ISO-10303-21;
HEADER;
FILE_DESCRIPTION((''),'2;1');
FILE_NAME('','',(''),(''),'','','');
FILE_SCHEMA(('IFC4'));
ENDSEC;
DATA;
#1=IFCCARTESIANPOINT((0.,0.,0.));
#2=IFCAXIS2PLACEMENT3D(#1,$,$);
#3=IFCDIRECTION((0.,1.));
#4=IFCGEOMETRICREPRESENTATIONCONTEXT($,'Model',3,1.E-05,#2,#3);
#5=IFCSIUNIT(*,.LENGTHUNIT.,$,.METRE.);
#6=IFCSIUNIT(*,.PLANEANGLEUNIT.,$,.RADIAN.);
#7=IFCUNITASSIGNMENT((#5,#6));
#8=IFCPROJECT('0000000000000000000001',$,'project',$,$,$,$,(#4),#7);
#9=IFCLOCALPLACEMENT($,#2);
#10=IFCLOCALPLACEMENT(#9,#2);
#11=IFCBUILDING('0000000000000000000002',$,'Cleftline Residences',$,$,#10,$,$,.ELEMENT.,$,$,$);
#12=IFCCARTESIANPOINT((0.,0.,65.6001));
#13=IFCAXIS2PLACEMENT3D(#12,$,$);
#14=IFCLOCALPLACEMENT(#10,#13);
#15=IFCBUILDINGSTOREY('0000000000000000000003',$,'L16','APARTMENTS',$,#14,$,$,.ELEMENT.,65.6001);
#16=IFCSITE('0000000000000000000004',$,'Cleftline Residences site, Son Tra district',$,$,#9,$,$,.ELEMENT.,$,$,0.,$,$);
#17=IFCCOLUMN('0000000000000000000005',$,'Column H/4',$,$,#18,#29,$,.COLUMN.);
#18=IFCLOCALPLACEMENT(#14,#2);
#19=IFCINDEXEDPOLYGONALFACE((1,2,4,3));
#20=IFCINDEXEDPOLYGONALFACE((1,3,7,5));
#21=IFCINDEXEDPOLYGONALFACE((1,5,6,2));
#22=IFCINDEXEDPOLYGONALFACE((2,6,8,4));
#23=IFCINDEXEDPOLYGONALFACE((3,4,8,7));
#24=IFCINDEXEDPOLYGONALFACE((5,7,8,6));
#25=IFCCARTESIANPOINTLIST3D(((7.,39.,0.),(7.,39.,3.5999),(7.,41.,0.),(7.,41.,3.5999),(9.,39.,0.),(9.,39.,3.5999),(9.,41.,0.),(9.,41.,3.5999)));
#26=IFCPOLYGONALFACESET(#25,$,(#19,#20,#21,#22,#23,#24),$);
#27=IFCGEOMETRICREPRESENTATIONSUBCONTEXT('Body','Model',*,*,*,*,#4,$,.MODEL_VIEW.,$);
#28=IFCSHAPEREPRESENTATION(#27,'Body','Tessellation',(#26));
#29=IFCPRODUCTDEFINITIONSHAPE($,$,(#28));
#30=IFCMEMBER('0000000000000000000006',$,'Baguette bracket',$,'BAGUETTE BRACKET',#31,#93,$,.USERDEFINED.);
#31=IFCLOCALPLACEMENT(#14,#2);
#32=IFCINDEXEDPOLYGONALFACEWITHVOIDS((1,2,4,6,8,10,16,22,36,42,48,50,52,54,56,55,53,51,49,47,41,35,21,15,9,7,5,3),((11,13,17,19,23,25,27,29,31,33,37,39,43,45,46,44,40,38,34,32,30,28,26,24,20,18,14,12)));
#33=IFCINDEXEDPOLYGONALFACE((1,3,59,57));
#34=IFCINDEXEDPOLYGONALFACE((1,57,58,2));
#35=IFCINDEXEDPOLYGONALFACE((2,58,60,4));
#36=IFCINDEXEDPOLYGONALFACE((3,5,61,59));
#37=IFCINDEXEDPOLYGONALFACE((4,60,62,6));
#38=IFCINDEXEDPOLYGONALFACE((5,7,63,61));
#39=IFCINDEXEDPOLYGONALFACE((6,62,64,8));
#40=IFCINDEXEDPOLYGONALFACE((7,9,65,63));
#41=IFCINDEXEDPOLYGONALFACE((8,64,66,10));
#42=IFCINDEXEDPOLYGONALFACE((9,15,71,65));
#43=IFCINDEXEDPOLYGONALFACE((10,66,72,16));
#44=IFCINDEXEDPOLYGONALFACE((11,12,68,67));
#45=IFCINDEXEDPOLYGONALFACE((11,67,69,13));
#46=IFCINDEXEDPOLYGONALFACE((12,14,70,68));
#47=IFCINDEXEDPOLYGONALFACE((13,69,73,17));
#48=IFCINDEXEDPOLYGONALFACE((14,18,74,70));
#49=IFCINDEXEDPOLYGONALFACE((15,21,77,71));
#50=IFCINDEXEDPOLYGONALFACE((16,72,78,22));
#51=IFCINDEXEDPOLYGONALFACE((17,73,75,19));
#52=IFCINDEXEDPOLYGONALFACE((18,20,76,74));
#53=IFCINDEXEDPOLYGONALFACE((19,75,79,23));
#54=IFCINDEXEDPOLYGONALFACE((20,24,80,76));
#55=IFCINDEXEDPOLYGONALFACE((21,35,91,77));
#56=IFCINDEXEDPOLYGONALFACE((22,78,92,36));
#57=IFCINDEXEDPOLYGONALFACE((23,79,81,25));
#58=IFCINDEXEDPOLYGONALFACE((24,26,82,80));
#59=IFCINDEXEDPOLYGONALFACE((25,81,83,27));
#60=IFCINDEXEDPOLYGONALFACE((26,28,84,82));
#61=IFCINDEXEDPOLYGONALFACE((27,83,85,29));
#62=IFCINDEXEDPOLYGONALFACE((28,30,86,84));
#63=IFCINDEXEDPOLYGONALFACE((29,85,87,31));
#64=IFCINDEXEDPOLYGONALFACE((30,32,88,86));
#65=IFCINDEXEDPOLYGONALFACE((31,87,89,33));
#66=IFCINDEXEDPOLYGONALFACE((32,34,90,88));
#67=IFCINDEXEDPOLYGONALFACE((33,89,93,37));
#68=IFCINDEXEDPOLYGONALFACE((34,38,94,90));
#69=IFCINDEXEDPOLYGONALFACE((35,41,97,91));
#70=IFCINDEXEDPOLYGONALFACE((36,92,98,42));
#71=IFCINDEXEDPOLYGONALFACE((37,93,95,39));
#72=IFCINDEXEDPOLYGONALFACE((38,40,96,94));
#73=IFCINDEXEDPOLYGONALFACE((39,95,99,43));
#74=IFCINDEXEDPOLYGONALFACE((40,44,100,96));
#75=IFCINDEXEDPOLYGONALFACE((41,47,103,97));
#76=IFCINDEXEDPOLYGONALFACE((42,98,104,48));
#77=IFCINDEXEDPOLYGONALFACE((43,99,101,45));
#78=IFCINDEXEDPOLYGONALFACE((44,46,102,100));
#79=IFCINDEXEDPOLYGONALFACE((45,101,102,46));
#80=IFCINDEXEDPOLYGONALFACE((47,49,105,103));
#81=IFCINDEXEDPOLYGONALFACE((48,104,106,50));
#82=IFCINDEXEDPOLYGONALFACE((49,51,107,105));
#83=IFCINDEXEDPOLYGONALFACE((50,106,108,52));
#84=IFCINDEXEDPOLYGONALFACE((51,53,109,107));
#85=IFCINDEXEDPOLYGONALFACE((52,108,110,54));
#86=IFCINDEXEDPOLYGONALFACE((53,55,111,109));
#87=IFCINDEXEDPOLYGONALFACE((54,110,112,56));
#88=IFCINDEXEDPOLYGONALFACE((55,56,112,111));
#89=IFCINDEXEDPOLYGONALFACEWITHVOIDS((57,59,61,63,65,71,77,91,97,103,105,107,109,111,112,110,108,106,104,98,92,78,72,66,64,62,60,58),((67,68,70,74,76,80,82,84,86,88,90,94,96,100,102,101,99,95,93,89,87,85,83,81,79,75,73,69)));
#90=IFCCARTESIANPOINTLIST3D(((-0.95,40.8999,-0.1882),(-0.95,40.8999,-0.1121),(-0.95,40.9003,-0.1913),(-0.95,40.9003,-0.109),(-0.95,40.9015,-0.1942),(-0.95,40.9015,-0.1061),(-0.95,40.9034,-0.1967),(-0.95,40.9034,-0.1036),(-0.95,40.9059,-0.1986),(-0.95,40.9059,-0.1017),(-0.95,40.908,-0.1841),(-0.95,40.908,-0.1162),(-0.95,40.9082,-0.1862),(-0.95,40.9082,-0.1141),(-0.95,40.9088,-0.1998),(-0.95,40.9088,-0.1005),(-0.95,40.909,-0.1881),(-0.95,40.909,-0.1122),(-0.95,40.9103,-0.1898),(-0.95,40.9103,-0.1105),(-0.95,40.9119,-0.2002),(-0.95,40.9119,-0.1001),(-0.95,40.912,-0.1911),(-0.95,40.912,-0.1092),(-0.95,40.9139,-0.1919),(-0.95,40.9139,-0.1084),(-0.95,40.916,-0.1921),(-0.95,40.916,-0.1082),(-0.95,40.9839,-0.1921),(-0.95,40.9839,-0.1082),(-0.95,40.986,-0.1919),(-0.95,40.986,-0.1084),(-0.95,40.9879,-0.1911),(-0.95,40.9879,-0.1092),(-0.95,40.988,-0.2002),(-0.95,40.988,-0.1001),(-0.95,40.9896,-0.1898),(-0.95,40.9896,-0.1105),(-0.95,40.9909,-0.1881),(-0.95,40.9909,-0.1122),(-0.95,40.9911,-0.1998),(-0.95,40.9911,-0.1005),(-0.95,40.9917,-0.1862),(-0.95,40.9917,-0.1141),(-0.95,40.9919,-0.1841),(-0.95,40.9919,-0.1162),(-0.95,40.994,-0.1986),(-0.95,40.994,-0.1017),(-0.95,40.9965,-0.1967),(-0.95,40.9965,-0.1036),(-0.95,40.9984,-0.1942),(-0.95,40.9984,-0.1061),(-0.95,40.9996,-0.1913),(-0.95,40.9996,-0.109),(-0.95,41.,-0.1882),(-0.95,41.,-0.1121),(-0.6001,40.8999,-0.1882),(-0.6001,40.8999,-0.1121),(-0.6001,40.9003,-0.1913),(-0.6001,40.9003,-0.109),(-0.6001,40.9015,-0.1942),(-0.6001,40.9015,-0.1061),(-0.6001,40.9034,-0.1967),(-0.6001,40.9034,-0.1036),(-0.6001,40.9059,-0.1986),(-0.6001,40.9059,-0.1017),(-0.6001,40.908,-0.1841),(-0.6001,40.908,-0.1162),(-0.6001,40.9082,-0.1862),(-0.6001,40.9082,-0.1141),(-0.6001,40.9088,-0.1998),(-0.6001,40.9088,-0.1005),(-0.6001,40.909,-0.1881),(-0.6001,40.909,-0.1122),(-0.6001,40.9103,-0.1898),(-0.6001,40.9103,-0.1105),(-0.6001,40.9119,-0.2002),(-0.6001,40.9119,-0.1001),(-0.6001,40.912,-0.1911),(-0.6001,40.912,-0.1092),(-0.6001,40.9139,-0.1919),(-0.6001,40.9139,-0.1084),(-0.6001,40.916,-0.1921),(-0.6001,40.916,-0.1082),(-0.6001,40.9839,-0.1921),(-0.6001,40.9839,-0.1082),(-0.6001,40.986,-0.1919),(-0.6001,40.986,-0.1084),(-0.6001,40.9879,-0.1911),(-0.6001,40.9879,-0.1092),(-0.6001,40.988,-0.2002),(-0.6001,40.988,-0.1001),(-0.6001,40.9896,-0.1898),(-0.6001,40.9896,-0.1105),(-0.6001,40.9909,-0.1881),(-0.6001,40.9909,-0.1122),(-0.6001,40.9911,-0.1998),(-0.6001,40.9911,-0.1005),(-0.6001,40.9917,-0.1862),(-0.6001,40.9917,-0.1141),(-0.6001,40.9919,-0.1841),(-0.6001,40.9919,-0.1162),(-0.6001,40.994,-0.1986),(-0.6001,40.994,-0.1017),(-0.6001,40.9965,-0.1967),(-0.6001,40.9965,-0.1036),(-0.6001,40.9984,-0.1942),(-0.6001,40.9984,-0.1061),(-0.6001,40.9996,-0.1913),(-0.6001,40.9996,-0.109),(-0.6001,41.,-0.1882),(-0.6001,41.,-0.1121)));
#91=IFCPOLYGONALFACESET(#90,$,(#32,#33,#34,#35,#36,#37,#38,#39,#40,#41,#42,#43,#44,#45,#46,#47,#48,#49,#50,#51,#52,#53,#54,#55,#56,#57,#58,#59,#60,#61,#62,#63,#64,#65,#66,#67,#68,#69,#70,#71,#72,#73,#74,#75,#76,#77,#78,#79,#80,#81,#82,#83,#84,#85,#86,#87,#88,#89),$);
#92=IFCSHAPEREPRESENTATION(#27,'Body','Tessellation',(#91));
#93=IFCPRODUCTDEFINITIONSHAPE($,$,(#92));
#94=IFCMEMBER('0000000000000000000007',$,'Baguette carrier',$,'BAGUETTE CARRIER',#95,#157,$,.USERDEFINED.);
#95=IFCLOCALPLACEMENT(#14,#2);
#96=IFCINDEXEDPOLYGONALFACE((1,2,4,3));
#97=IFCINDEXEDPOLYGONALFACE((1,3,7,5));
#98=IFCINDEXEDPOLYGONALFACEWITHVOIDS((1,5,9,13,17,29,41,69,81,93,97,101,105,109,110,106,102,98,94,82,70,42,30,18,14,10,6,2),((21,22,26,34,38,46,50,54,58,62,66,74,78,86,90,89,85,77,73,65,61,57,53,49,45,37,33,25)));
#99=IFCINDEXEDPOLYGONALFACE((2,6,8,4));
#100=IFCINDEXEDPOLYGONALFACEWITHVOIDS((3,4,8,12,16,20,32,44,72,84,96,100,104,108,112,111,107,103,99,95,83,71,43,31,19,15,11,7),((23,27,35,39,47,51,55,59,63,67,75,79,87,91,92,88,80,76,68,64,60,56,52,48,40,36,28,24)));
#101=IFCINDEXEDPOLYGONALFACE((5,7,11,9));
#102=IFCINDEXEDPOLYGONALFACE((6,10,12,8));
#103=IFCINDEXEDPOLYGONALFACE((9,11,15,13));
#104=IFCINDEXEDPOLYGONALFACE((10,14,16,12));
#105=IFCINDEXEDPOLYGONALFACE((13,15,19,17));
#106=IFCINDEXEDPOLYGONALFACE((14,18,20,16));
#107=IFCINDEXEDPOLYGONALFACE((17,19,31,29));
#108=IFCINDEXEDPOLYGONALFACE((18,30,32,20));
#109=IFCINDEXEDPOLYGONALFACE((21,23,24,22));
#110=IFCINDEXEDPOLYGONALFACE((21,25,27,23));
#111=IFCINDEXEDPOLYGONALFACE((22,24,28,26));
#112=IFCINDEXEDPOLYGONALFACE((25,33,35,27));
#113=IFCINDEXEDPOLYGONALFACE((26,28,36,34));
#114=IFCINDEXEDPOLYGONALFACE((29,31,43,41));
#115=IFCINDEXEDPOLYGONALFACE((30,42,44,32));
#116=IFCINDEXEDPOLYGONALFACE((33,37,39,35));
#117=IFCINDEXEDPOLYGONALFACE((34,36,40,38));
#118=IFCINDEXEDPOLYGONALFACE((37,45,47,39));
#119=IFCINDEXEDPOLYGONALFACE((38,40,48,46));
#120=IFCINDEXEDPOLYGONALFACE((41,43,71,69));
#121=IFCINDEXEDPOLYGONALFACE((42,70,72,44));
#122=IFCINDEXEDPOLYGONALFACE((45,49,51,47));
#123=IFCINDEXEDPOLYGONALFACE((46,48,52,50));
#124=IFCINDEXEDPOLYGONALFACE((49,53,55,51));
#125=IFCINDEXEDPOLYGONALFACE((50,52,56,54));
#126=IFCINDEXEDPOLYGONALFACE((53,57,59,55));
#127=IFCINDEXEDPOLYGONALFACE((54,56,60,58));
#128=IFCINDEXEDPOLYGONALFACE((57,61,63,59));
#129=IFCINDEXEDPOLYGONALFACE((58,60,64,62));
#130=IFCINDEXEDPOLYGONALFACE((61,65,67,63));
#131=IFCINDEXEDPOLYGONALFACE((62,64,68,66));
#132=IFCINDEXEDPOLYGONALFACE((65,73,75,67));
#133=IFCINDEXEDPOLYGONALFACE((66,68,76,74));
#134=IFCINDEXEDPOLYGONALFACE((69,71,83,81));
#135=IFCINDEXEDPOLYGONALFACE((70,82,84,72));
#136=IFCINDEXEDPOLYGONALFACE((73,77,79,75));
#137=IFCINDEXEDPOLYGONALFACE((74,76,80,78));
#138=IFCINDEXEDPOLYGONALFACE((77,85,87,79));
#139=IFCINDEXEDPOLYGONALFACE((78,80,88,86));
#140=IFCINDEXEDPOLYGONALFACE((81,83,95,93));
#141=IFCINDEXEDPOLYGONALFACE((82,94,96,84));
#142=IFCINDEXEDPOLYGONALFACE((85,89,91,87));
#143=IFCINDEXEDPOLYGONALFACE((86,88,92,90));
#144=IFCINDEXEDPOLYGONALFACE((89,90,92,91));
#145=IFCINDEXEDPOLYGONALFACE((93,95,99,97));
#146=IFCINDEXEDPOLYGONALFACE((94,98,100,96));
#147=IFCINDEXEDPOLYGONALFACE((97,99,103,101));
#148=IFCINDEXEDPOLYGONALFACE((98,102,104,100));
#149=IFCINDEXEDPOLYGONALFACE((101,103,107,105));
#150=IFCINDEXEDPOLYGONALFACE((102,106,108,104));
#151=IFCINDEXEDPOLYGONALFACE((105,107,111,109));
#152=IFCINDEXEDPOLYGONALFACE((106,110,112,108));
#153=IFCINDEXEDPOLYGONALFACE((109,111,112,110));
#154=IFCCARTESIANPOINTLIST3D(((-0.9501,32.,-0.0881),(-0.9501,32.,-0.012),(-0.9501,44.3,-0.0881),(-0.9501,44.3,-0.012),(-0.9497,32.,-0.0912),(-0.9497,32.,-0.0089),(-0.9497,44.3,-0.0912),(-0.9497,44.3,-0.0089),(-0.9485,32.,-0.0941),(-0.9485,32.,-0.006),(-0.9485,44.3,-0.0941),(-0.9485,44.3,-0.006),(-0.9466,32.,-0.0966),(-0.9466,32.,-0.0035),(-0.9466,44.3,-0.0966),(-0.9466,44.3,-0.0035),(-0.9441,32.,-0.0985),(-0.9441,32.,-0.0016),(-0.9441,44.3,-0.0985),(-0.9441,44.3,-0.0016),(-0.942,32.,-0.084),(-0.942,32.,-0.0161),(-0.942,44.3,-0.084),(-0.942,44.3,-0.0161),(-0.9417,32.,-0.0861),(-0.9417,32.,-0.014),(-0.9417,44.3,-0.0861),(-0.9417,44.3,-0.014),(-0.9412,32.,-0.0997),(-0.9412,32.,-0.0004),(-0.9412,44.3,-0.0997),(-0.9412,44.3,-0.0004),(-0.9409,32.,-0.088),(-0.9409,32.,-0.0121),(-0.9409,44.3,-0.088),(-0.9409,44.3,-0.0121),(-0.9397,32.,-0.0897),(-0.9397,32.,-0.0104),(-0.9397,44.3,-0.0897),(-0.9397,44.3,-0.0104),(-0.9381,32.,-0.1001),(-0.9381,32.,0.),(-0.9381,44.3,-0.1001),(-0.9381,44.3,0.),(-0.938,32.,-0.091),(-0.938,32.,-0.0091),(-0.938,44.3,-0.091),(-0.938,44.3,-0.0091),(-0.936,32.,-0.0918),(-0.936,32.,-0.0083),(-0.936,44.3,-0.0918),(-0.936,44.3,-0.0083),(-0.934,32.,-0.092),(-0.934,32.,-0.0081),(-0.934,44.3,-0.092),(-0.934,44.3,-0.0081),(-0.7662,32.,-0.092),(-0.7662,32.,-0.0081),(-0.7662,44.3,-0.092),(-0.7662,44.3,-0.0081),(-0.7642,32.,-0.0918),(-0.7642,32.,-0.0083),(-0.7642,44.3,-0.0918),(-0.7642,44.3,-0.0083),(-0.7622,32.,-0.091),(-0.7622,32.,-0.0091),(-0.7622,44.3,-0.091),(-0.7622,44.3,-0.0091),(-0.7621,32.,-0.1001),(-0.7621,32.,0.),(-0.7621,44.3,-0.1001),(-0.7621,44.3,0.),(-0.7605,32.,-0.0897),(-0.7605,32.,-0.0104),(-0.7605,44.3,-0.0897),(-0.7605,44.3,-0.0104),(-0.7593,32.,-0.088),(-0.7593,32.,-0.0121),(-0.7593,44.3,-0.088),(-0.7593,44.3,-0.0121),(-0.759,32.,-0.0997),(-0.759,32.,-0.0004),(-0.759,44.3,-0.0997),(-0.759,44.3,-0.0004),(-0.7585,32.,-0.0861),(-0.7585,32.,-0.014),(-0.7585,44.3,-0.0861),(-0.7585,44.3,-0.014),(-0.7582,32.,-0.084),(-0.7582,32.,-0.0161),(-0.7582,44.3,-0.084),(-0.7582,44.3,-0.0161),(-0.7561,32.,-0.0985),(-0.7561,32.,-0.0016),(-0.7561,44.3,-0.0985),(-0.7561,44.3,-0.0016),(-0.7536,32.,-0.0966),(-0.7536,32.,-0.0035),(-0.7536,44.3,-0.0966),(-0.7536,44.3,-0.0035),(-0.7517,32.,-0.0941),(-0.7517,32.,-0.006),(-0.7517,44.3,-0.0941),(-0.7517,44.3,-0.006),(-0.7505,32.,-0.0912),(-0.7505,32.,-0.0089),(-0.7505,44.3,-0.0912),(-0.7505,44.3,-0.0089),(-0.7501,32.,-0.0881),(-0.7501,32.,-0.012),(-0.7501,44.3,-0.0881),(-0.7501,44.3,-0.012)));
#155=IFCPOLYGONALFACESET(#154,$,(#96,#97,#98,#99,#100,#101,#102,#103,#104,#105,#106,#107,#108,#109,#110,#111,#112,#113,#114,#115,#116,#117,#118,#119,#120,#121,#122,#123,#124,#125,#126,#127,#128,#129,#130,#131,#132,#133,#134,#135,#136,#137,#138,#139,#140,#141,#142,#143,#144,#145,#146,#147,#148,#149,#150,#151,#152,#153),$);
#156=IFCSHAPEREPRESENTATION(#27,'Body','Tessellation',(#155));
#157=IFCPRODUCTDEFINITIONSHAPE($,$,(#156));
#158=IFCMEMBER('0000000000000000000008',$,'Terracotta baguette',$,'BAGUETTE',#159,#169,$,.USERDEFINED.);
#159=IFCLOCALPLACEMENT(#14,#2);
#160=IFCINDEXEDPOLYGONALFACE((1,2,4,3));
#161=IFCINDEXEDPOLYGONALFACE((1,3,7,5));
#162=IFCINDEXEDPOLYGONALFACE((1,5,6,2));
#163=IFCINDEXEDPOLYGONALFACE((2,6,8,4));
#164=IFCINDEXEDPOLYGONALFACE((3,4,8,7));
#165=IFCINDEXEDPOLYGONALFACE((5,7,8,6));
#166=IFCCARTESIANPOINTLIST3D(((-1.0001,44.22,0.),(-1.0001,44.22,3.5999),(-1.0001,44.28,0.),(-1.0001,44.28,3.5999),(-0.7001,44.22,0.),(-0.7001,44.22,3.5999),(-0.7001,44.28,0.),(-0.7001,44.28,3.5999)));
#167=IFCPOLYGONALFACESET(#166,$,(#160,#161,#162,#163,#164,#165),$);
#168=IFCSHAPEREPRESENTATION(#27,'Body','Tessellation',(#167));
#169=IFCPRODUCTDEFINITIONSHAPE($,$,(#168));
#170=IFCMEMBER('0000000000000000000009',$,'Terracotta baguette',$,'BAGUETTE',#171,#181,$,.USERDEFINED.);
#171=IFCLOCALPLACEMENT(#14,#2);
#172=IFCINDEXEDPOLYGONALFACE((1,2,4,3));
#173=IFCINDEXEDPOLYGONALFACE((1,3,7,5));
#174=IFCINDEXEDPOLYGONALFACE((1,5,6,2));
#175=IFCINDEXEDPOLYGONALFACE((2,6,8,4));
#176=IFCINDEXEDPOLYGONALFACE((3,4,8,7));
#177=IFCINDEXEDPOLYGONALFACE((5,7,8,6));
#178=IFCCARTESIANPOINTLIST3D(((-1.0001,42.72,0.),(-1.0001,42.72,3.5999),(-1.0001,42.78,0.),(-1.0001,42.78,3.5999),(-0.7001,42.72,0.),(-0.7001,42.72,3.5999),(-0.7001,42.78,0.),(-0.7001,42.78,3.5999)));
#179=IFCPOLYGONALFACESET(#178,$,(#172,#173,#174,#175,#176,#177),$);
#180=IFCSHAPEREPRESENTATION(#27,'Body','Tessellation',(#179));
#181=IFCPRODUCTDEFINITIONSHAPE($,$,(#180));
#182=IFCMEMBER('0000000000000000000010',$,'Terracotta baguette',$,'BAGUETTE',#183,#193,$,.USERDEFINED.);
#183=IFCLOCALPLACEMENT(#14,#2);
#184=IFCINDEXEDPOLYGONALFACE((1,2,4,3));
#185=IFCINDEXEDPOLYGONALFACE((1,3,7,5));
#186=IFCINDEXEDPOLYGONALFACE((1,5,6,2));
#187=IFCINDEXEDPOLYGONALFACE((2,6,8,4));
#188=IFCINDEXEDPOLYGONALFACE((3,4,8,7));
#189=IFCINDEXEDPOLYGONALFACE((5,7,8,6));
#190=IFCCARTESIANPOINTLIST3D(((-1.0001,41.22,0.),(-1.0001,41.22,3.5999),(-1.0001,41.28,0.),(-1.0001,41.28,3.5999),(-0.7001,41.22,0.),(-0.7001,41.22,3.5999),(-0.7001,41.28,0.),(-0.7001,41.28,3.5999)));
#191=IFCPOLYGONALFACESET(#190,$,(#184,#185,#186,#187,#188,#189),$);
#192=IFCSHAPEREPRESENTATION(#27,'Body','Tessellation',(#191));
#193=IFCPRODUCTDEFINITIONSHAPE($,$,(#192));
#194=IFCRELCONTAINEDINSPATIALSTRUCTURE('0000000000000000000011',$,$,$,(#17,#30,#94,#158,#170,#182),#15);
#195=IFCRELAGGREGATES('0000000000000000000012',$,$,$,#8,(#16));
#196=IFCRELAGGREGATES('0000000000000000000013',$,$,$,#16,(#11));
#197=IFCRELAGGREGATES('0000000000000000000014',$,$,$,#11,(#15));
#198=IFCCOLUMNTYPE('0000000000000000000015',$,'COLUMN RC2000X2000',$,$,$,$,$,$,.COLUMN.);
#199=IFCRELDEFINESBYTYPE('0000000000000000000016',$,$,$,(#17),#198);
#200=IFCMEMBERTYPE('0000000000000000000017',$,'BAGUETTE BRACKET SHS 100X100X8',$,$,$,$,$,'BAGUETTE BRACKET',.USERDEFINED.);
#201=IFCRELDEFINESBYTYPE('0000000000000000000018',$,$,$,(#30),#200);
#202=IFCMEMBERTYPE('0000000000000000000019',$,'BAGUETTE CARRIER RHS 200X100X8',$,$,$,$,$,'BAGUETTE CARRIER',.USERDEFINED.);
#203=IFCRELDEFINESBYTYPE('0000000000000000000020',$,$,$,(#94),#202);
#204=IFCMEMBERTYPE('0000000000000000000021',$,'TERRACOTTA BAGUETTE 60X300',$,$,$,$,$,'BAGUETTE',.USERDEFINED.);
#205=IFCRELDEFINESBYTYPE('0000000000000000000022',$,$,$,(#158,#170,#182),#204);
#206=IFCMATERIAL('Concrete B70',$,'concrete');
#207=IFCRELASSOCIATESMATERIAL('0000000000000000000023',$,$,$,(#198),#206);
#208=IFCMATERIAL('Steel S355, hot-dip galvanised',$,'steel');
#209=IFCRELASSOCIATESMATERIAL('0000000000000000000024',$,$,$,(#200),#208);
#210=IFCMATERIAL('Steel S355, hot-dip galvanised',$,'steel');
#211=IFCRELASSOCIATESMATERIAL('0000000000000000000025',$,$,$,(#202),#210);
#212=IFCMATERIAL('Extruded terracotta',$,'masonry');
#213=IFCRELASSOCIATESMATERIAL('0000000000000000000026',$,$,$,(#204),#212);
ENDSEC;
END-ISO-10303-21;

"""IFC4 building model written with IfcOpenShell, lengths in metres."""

from ifc_helpers import new_model, si_unit, direction, frame, origin, origin_2d, place, context, subcontext, project, spatial, rectangle, hollow_rectangle, extrude, material, material_profile, profile_set, type_object, element, save


model = new_model("IFC4")

# Units and contexts
model_context = context("Model", 3, precision=1e-05, world=origin(), true_north=direction((0.0, 1.0)))
body_context = subcontext(model_context, "Body", "Model", "MODEL_VIEW")
ifc_project = project(units=[si_unit("LENGTHUNIT", "METRE"), si_unit("PLANEANGLEUNIT", "RADIAN")], contexts=[model_context])

# Site, building, storey
site_placement = place(None, origin())
site = spatial("IfcSite", under=ifc_project, at=site_placement, Name="Cleftline Residences site, Son Tra district", CompositionType="ELEMENT", RefElevation=0.0)
building_placement = place(site_placement, origin())
building = spatial("IfcBuilding", under=site, at=building_placement, Name="Cleftline Residences", CompositionType="ELEMENT")
storey_placement = place(building_placement, frame((0.0, 0.0, 65.6001)))
storey = spatial("IfcBuildingStorey", under=building, at=storey_placement, Name="L16", Description="APARTMENTS", CompositionType="ELEMENT", Elevation=65.6001)

# Column
ifc_material_1 = material(Name="Concrete B70", Category="concrete")
ifc_material_profile_1 = material_profile(ifc_material_1, rectangle(XDim=2.0, YDim=2.0, at=origin_2d()))
ifc_profile_set_1 = profile_set([ifc_material_profile_1], Name="Concrete B70")
column_type = type_object("IfcColumnType", Name="COLUMN RC2000X2000", PredefinedType="COLUMN", material=ifc_profile_set_1)
column_placement = place(storey_placement, frame((8.0, 40.0, 0.0), z_axis=(0.0, 0.0, 1.0), x_axis=(1.0, 0.0, 0.0)))
element("IfcColumn", 1, at=column_placement, inside=storey, type_object=column_type, Name="Column H/4", PredefinedType="COLUMN", context=body_context, shape_type="SweptSolid", body=[
    extrude(rectangle(XDim=2.0, YDim=2.0, at=origin_2d()), origin(), (0.0, 0.0, 1.0), 3.5999),
])

# Members
ifc_material_2 = material(Name="Steel S355, hot-dip galvanised", Category="steel")
ifc_material_profile_2 = material_profile(ifc_material_2, hollow_rectangle(XDim=0.1001, YDim=0.1001, WallThickness=0.0081, InnerFilletRadius=0.0081, OuterFilletRadius=0.012, at=origin_2d()))
ifc_profile_set_2 = profile_set([ifc_material_profile_2], Name="Steel S355, hot-dip galvanised")
member_type_1 = type_object("IfcMemberType", Name="BAGUETTE BRACKET SHS 100X100X8", ElementType="BAGUETTE BRACKET", PredefinedType="USERDEFINED", material=ifc_profile_set_2)
member_1_placement = place(storey_placement, frame((-0.6001, 40.95, -0.1501), z_axis=(-1.0, 0.0, 0.0), x_axis=(0.0, -1.0, 0.0)))
element("IfcMember", 2, at=member_1_placement, inside=storey, type_object=member_type_1, Name="Baguette bracket", ObjectType="BAGUETTE BRACKET", PredefinedType="USERDEFINED", context=body_context, shape_type="SweptSolid", body=[
    extrude(hollow_rectangle(XDim=0.1001, YDim=0.1001, WallThickness=0.0081, InnerFilletRadius=0.0081, OuterFilletRadius=0.012, at=origin_2d()), origin(), (0.0, 0.0, 1.0), 0.3499),
])
ifc_material_3 = material(Name="Steel S355, hot-dip galvanised", Category="steel")
ifc_material_profile_3 = material_profile(ifc_material_3, hollow_rectangle(XDim=0.1001, YDim=0.2, WallThickness=0.0081, InnerFilletRadius=0.0081, OuterFilletRadius=0.012, at=origin_2d()))
ifc_profile_set_3 = profile_set([ifc_material_profile_3], Name="Steel S355, hot-dip galvanised")
member_type_2 = type_object("IfcMemberType", Name="BAGUETTE CARRIER RHS 200X100X8", ElementType="BAGUETTE CARRIER", PredefinedType="USERDEFINED", material=ifc_profile_set_3)
member_2_placement = place(storey_placement, frame((-0.8501, 44.3, -0.05), z_axis=(0.0, -1.0, 0.0), x_axis=(0.0, 0.0, 1.0)))
element("IfcMember", 3, at=member_2_placement, inside=storey, type_object=member_type_2, Name="Baguette carrier", ObjectType="BAGUETTE CARRIER", PredefinedType="USERDEFINED", context=body_context, shape_type="SweptSolid", body=[
    extrude(hollow_rectangle(XDim=0.1001, YDim=0.2, WallThickness=0.0081, InnerFilletRadius=0.0081, OuterFilletRadius=0.012, at=origin_2d()), origin(), (0.0, 0.0, 1.0), 12.3),
])
ifc_material_4 = material(Name="Extruded terracotta", Category="masonry")
ifc_material_profile_4 = material_profile(ifc_material_4, rectangle(XDim=0.0601, YDim=0.3, at=origin_2d()))
ifc_profile_set_4 = profile_set([ifc_material_profile_4], Name="Extruded terracotta")
member_type_3 = type_object("IfcMemberType", Name="TERRACOTTA BAGUETTE 60X300", ElementType="BAGUETTE", PredefinedType="USERDEFINED", material=ifc_profile_set_4)
for number, where, z_axis, x_axis, name in (
    (4, (-0.8501, 44.25, 0.0), (0.0, 0.0, 1.0), (0.0, 1.0, 0.0), "Terracotta baguette"),
    (5, (-0.8501, 42.75, 0.0), (0.0, 0.0, 1.0), (0.0, 1.0, 0.0), "Terracotta baguette"),
    (6, (-0.8501, 41.25, 0.0), (0.0, 0.0, 1.0), (0.0, 1.0, 0.0), "Terracotta baguette"),
):
    element("IfcMember", number, at=place(storey_placement, frame(where, z_axis=z_axis, x_axis=x_axis)), inside=storey, type_object=member_type_3, Name=name, ObjectType="BAGUETTE", PredefinedType="USERDEFINED", context=body_context, shape_type="SweptSolid", body=[
        extrude(rectangle(XDim=0.0601, YDim=0.3, at=origin_2d()), origin(), (0.0, 0.0, 1.0), 3.5999),
    ])

save(model, "model.ifc")
